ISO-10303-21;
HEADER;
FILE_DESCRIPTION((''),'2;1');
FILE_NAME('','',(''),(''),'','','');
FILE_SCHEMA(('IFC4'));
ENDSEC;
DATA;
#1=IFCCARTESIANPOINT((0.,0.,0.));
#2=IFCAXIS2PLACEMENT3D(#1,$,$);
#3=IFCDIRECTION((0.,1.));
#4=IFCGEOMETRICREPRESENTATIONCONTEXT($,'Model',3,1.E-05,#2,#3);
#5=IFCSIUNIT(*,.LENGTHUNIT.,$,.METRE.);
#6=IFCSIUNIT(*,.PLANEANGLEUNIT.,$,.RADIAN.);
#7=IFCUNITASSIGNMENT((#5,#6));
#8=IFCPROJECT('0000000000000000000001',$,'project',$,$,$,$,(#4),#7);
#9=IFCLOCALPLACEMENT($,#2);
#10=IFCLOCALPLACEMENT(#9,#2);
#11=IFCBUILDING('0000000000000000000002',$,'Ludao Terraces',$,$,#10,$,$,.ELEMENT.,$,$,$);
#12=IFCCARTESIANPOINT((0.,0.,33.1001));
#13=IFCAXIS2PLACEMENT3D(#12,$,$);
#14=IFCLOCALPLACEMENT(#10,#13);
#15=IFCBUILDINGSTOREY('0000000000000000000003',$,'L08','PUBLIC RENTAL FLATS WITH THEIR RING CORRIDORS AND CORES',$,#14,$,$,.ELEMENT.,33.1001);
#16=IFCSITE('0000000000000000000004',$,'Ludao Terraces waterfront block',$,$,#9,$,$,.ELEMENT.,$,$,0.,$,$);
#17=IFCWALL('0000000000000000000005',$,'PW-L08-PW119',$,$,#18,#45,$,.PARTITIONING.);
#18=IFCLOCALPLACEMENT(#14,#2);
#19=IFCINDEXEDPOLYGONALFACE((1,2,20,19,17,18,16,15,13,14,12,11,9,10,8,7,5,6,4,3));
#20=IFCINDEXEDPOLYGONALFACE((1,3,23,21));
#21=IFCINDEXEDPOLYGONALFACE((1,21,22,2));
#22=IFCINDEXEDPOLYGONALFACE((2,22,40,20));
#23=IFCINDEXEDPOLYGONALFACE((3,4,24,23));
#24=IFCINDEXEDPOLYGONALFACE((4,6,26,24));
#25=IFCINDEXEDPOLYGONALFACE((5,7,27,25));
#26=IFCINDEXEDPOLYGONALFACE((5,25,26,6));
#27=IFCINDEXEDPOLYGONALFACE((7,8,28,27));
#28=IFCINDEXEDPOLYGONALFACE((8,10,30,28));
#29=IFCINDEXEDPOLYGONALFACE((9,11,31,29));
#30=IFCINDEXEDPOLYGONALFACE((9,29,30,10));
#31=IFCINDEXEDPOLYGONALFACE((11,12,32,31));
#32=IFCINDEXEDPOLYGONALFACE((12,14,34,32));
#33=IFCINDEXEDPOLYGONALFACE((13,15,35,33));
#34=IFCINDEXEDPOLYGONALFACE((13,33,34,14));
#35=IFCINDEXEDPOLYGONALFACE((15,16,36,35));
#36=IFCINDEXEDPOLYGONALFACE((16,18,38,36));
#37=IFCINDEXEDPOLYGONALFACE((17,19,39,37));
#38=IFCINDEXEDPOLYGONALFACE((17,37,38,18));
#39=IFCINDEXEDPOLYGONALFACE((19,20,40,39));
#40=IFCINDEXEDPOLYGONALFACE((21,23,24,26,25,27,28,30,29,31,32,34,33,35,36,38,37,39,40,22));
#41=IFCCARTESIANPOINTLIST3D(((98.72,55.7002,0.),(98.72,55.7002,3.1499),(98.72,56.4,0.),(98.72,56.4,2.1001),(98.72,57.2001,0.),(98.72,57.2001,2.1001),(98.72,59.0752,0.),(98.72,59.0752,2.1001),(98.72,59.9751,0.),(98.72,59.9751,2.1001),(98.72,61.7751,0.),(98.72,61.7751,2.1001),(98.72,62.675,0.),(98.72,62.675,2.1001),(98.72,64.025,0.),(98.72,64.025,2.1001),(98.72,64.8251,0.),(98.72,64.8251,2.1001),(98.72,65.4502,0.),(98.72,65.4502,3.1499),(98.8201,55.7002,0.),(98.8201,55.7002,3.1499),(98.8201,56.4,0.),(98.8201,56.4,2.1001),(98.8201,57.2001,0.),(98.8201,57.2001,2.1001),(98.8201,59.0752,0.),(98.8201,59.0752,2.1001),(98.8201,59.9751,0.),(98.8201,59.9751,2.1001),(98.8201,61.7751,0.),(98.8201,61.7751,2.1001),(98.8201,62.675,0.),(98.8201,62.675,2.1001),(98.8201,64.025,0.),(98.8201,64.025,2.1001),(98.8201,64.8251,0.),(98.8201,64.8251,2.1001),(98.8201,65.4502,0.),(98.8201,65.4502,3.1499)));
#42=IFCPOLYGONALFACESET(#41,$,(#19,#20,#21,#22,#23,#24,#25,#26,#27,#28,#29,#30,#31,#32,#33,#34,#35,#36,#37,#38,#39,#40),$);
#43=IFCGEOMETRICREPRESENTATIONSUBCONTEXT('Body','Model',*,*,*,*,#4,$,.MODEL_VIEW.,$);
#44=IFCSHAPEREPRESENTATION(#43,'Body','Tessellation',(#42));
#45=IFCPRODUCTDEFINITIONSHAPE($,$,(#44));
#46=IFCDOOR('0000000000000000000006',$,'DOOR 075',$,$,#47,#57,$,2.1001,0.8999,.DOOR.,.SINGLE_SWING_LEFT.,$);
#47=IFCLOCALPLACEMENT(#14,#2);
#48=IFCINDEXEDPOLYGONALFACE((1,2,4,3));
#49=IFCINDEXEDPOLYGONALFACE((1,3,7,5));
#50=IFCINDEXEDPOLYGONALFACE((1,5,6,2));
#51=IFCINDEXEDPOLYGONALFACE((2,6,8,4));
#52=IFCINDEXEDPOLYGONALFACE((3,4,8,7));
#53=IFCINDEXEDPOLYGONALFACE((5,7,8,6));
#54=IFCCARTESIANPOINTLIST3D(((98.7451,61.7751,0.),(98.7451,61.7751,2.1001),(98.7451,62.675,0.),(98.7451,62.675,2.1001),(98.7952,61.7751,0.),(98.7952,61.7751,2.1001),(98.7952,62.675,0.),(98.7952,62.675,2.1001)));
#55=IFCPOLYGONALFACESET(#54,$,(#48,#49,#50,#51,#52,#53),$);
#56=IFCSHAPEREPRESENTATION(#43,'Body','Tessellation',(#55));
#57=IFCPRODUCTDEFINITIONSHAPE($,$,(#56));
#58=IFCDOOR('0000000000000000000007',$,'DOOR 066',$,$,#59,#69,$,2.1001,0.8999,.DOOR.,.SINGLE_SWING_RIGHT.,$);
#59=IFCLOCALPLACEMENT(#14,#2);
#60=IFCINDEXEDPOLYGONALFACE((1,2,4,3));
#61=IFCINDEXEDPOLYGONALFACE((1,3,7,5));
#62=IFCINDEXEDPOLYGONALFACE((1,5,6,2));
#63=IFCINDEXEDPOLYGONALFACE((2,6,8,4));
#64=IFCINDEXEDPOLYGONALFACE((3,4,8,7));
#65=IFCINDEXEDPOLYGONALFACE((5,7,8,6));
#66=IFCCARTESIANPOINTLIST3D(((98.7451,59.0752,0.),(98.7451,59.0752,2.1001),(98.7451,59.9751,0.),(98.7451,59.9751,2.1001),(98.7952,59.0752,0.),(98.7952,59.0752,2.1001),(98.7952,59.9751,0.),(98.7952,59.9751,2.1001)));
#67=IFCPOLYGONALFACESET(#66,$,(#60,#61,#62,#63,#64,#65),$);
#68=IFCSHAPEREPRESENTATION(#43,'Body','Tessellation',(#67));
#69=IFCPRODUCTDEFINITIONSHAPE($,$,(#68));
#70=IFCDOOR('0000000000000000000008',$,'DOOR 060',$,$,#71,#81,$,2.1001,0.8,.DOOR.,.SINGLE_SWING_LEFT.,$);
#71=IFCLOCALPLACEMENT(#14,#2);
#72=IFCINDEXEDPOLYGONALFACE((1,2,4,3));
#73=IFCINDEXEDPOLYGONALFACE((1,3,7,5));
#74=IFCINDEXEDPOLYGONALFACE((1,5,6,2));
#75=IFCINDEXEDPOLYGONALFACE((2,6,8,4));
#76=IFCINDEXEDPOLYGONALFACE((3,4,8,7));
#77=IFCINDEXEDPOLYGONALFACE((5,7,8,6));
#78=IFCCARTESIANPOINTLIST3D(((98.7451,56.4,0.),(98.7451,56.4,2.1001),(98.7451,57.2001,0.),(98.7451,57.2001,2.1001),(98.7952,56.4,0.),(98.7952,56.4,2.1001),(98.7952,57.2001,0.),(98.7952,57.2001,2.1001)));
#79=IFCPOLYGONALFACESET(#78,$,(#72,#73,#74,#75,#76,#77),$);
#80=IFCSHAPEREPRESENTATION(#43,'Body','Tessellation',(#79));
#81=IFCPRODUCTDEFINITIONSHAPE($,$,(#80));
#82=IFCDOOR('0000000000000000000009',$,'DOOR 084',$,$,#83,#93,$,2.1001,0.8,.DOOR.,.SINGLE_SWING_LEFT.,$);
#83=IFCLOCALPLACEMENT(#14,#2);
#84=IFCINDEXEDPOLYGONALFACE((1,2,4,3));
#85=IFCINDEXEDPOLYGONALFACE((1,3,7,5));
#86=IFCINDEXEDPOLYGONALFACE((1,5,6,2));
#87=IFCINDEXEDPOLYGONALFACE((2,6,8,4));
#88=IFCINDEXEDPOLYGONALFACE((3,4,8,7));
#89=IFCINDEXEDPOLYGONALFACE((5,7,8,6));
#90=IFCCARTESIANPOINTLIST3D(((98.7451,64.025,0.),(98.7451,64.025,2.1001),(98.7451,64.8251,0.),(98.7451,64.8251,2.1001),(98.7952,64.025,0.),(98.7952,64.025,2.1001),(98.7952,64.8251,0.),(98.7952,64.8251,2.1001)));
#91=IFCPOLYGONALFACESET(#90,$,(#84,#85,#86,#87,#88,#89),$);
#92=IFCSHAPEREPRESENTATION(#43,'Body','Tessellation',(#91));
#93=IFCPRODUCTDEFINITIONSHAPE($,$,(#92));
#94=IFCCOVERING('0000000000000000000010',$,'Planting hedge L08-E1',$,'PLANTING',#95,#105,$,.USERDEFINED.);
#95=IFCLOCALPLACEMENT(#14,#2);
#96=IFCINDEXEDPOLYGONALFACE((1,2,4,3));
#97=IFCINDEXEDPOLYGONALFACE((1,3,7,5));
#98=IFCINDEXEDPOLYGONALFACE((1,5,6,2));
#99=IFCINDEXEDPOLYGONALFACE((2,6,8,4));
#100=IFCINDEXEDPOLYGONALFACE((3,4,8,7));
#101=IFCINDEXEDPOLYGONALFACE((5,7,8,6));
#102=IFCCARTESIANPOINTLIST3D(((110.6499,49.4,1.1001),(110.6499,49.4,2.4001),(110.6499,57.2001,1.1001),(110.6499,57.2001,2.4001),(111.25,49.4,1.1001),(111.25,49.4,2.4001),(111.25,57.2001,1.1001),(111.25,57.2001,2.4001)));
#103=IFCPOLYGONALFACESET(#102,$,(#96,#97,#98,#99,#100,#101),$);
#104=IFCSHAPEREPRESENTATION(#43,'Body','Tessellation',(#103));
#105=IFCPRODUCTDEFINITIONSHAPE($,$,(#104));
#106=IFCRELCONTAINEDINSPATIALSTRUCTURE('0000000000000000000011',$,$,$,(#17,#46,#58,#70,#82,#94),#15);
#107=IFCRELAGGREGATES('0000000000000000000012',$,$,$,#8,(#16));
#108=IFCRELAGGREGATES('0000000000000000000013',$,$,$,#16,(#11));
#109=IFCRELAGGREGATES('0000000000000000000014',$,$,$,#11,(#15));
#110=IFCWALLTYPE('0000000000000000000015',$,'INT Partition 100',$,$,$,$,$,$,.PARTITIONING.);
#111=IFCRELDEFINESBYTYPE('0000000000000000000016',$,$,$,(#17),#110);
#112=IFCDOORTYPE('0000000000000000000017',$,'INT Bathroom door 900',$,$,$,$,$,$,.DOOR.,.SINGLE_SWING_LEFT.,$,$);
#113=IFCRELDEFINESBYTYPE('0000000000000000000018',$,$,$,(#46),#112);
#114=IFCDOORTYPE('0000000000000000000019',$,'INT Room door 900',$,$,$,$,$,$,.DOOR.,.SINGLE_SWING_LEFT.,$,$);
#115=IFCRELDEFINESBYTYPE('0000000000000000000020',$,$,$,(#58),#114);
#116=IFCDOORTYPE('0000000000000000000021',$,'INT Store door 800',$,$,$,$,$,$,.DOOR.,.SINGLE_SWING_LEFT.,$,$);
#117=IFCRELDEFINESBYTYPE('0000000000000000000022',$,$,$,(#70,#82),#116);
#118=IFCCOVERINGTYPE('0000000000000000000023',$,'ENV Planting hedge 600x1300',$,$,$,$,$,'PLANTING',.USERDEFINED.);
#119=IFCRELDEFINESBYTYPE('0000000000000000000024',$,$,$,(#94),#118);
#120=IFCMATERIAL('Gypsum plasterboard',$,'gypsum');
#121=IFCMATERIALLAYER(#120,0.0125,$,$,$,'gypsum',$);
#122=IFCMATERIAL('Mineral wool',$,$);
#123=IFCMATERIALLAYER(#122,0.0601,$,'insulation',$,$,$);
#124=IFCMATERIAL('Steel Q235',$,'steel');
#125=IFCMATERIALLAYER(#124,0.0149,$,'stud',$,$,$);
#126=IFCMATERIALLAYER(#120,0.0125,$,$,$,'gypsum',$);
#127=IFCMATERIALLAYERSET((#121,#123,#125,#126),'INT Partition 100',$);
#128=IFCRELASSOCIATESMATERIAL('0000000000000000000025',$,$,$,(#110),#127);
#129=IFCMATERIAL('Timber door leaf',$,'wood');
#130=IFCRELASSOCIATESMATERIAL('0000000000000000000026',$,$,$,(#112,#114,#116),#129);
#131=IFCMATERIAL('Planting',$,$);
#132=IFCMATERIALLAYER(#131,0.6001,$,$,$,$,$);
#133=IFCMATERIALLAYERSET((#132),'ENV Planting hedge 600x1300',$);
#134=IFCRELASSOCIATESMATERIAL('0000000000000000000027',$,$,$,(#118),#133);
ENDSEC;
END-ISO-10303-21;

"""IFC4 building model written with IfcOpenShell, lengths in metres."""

from ifc_helpers import new_model, si_unit, direction, frame, frame_2d, origin, origin_2d, place, context, subcontext, project, spatial, rectangle, extrude, material, layer, layer_set, type_object, element, fill, save


model = new_model("IFC4")

# Units and contexts
model_context = context("Model", 3, precision=1e-05, world=origin(), true_north=direction((0.0, 1.0)))
body_context = subcontext(model_context, "Body", "Model", "MODEL_VIEW")
ifc_project = project(units=[si_unit("LENGTHUNIT", "METRE"), si_unit("PLANEANGLEUNIT", "RADIAN")], contexts=[model_context])

# Site, building, storey
site_placement = place(None, origin())
site = spatial("IfcSite", under=ifc_project, at=site_placement, Name="Ludao Terraces waterfront block", CompositionType="ELEMENT", RefElevation=0.0)
building_placement = place(site_placement, origin())
building = spatial("IfcBuilding", under=site, at=building_placement, Name="Ludao Terraces", CompositionType="ELEMENT")
storey_placement = place(building_placement, frame((0.0, 0.0, 33.1001)))
storey = spatial("IfcBuildingStorey", under=building, at=storey_placement, Name="L08", Description="PUBLIC RENTAL FLATS WITH THEIR RING CORRIDORS AND CORES", CompositionType="ELEMENT", Elevation=33.1001)

# Shared definitions
ifc_material_1 = material(Name="Mineral wool")

# Shared definitions
ifc_material_2 = material(Name="Steel Q235", Category="steel")

# Shared definitions
ifc_material_3 = material(Name="Gypsum plasterboard", Category="gypsum")
ifc_layer_1 = layer(ifc_material_3, 0.0125, Category="gypsum")
ifc_layer_2 = layer(ifc_material_1, 0.0601, Name="insulation")
ifc_layer_3 = layer(ifc_material_2, 0.0149, Name="stud")
ifc_layer_4 = layer(ifc_material_3, 0.0125, Category="gypsum")
ifc_layer_set_1 = layer_set([ifc_layer_1, ifc_layer_2, ifc_layer_3, ifc_layer_4], Name="INT Partition 100")
wall_type_1 = type_object("IfcWallType", Name="INT Partition 100", PredefinedType="PARTITIONING", material=ifc_layer_set_1)

# Wall, openings, doors
wall_1_placement = place(storey_placement, frame((98.77, 55.7002, 0.0), z_axis=(0.0, 0.0, 1.0), x_axis=(0.0, 1.0, 0.0)))
wall_1 = element("IfcWall", 1, at=wall_1_placement, inside=storey, type_object=wall_type_1, Name="PW-L08-PW119", PredefinedType="PARTITIONING", context=body_context, shape_type="SweptSolid", body=[
    extrude(rectangle(XDim=9.75, YDim=0.1001, at=frame_2d((4.875, 0.0))), origin(), (0.0, 0.0, 1.0), 3.1499),
])
opening_1_placement = place(wall_1_placement, frame((0.7, 0.0, 0.0)))
opening_1 = element("IfcOpeningElement", 2, at=opening_1_placement, cuts=wall_1, PredefinedType="OPENING", context=body_context, shape_type="SweptSolid", body=[
    extrude(rectangle(XDim=0.8, YDim=2.1001, at=frame_2d((0.3999, 1.05))), frame((0.0, 0.0601, 0.0), z_axis=(0.0, -1.0, 0.0), x_axis=(1.0, 0.0, 0.0)), (0.0, 0.0, 1.0), 0.1201),
])
opening_2_placement = place(wall_1_placement, frame((3.375, 0.0, 0.0)))
opening_2 = element("IfcOpeningElement", 3, at=opening_2_placement, cuts=wall_1, PredefinedType="OPENING", context=body_context, shape_type="SweptSolid", body=[
    extrude(rectangle(XDim=0.8999, YDim=2.1001, at=frame_2d((0.45, 1.05))), frame((0.0, 0.0601, 0.0), z_axis=(0.0, -1.0, 0.0), x_axis=(1.0, 0.0, 0.0)), (0.0, 0.0, 1.0), 0.1201),
])
opening_3_placement = place(wall_1_placement, frame((6.075, 0.0, 0.0)))
opening_3 = element("IfcOpeningElement", 4, at=opening_3_placement, cuts=wall_1, PredefinedType="OPENING", context=body_context, shape_type="SweptSolid", body=[
    extrude(rectangle(XDim=0.8999, YDim=2.1001, at=frame_2d((0.45, 1.05))), frame((0.0, 0.0601, 0.0), z_axis=(0.0, -1.0, 0.0), x_axis=(1.0, 0.0, 0.0)), (0.0, 0.0, 1.0), 0.1201),
])
opening_4_placement = place(wall_1_placement, frame((8.325, 0.0, 0.0)))
opening_4 = element("IfcOpeningElement", 5, at=opening_4_placement, cuts=wall_1, PredefinedType="OPENING", context=body_context, shape_type="SweptSolid", body=[
    extrude(rectangle(XDim=0.8, YDim=2.1001, at=frame_2d((0.3999, 1.05))), frame((0.0, 0.0601, 0.0), z_axis=(0.0, -1.0, 0.0), x_axis=(1.0, 0.0, 0.0)), (0.0, 0.0, 1.0), 0.1201),
])
ifc_material_4 = material(Name="Timber door leaf", Category="wood")
door_type_1 = type_object("IfcDoorType", Name="INT Bathroom door 900", OperationType="SINGLE_SWING_LEFT", PredefinedType="DOOR", material=ifc_material_4)
door_1_placement = place(opening_3_placement, origin())
door_1 = element("IfcDoor", 6, at=door_1_placement, inside=storey, type_object=door_type_1, Name="DOOR 075", OperationType="SINGLE_SWING_LEFT", OverallHeight=2.1001, OverallWidth=0.8999, PredefinedType="DOOR", context=body_context, shape_type="SweptSolid", body=[
    extrude(rectangle(XDim=0.8999, YDim=2.1001, at=frame_2d((0.45, 1.05))), frame((0.0, 0.0249, 0.0), z_axis=(0.0, -1.0, 0.0), x_axis=(1.0, 0.0, 0.0)), (0.0, 0.0, 1.0), 0.05),
])
fill(opening_3, door_1)
door_type_2 = type_object("IfcDoorType", Name="INT Room door 900", OperationType="SINGLE_SWING_LEFT", PredefinedType="DOOR", material=ifc_material_4)
door_2_placement = place(opening_2_placement, origin())
door_2 = element("IfcDoor", 7, at=door_2_placement, inside=storey, type_object=door_type_2, Name="DOOR 066", OperationType="SINGLE_SWING_RIGHT", OverallHeight=2.1001, OverallWidth=0.8999, PredefinedType="DOOR", context=body_context, shape_type="SweptSolid", body=[
    extrude(rectangle(XDim=0.8999, YDim=2.1001, at=frame_2d((0.45, 1.05))), frame((0.0, 0.0249, 0.0), z_axis=(0.0, -1.0, 0.0), x_axis=(1.0, 0.0, 0.0)), (0.0, 0.0, 1.0), 0.05),
])
fill(opening_2, door_2)
door_type_3 = type_object("IfcDoorType", Name="INT Store door 800", OperationType="SINGLE_SWING_LEFT", PredefinedType="DOOR", material=ifc_material_4)
door_3_placement = place(opening_1_placement, origin())
door_3 = element("IfcDoor", 8, at=door_3_placement, inside=storey, type_object=door_type_3, Name="DOOR 060", OperationType="SINGLE_SWING_LEFT", OverallHeight=2.1001, OverallWidth=0.8, PredefinedType="DOOR", context=body_context, shape_type="SweptSolid", body=[
    extrude(rectangle(XDim=0.8, YDim=2.1001, at=frame_2d((0.3999, 1.05))), frame((0.0, 0.0249, 0.0), z_axis=(0.0, -1.0, 0.0), x_axis=(1.0, 0.0, 0.0)), (0.0, 0.0, 1.0), 0.05),
])
fill(opening_1, door_3)
door_4_placement = place(opening_4_placement, origin())
door_4 = element("IfcDoor", 9, at=door_4_placement, inside=storey, type_object=door_type_3, Name="DOOR 084", OperationType="SINGLE_SWING_LEFT", OverallHeight=2.1001, OverallWidth=0.8, PredefinedType="DOOR", context=body_context, shape_type="SweptSolid", body=[
    extrude(rectangle(XDim=0.8, YDim=2.1001, at=frame_2d((0.3999, 1.05))), frame((0.0, 0.0249, 0.0), z_axis=(0.0, -1.0, 0.0), x_axis=(1.0, 0.0, 0.0)), (0.0, 0.0, 1.0), 0.05),
])
fill(opening_4, door_4)

# Covering
ifc_material_5 = material(Name="Planting")
ifc_layer_5 = layer(ifc_material_5, 0.6001)
ifc_layer_set_2 = layer_set([ifc_layer_5], Name="ENV Planting hedge 600x1300")
covering_type = type_object("IfcCoveringType", Name="ENV Planting hedge 600x1300", ElementType="PLANTING", PredefinedType="USERDEFINED", material=ifc_layer_set_2)
covering_placement = place(storey_placement, frame((110.95, 53.3, 1.1001), z_axis=(0.0, 0.0, 1.0), x_axis=(1.0, 0.0, 0.0)))
element("IfcCovering", 10, at=covering_placement, inside=storey, type_object=covering_type, Name="Planting hedge L08-E1", ObjectType="PLANTING", PredefinedType="USERDEFINED", context=body_context, shape_type="SweptSolid", body=[
    extrude(rectangle(XDim=0.6001, YDim=7.8, at=origin_2d()), origin(), (0.0, 0.0, 1.0), 1.3),
])

save(model, "model.ifc")
